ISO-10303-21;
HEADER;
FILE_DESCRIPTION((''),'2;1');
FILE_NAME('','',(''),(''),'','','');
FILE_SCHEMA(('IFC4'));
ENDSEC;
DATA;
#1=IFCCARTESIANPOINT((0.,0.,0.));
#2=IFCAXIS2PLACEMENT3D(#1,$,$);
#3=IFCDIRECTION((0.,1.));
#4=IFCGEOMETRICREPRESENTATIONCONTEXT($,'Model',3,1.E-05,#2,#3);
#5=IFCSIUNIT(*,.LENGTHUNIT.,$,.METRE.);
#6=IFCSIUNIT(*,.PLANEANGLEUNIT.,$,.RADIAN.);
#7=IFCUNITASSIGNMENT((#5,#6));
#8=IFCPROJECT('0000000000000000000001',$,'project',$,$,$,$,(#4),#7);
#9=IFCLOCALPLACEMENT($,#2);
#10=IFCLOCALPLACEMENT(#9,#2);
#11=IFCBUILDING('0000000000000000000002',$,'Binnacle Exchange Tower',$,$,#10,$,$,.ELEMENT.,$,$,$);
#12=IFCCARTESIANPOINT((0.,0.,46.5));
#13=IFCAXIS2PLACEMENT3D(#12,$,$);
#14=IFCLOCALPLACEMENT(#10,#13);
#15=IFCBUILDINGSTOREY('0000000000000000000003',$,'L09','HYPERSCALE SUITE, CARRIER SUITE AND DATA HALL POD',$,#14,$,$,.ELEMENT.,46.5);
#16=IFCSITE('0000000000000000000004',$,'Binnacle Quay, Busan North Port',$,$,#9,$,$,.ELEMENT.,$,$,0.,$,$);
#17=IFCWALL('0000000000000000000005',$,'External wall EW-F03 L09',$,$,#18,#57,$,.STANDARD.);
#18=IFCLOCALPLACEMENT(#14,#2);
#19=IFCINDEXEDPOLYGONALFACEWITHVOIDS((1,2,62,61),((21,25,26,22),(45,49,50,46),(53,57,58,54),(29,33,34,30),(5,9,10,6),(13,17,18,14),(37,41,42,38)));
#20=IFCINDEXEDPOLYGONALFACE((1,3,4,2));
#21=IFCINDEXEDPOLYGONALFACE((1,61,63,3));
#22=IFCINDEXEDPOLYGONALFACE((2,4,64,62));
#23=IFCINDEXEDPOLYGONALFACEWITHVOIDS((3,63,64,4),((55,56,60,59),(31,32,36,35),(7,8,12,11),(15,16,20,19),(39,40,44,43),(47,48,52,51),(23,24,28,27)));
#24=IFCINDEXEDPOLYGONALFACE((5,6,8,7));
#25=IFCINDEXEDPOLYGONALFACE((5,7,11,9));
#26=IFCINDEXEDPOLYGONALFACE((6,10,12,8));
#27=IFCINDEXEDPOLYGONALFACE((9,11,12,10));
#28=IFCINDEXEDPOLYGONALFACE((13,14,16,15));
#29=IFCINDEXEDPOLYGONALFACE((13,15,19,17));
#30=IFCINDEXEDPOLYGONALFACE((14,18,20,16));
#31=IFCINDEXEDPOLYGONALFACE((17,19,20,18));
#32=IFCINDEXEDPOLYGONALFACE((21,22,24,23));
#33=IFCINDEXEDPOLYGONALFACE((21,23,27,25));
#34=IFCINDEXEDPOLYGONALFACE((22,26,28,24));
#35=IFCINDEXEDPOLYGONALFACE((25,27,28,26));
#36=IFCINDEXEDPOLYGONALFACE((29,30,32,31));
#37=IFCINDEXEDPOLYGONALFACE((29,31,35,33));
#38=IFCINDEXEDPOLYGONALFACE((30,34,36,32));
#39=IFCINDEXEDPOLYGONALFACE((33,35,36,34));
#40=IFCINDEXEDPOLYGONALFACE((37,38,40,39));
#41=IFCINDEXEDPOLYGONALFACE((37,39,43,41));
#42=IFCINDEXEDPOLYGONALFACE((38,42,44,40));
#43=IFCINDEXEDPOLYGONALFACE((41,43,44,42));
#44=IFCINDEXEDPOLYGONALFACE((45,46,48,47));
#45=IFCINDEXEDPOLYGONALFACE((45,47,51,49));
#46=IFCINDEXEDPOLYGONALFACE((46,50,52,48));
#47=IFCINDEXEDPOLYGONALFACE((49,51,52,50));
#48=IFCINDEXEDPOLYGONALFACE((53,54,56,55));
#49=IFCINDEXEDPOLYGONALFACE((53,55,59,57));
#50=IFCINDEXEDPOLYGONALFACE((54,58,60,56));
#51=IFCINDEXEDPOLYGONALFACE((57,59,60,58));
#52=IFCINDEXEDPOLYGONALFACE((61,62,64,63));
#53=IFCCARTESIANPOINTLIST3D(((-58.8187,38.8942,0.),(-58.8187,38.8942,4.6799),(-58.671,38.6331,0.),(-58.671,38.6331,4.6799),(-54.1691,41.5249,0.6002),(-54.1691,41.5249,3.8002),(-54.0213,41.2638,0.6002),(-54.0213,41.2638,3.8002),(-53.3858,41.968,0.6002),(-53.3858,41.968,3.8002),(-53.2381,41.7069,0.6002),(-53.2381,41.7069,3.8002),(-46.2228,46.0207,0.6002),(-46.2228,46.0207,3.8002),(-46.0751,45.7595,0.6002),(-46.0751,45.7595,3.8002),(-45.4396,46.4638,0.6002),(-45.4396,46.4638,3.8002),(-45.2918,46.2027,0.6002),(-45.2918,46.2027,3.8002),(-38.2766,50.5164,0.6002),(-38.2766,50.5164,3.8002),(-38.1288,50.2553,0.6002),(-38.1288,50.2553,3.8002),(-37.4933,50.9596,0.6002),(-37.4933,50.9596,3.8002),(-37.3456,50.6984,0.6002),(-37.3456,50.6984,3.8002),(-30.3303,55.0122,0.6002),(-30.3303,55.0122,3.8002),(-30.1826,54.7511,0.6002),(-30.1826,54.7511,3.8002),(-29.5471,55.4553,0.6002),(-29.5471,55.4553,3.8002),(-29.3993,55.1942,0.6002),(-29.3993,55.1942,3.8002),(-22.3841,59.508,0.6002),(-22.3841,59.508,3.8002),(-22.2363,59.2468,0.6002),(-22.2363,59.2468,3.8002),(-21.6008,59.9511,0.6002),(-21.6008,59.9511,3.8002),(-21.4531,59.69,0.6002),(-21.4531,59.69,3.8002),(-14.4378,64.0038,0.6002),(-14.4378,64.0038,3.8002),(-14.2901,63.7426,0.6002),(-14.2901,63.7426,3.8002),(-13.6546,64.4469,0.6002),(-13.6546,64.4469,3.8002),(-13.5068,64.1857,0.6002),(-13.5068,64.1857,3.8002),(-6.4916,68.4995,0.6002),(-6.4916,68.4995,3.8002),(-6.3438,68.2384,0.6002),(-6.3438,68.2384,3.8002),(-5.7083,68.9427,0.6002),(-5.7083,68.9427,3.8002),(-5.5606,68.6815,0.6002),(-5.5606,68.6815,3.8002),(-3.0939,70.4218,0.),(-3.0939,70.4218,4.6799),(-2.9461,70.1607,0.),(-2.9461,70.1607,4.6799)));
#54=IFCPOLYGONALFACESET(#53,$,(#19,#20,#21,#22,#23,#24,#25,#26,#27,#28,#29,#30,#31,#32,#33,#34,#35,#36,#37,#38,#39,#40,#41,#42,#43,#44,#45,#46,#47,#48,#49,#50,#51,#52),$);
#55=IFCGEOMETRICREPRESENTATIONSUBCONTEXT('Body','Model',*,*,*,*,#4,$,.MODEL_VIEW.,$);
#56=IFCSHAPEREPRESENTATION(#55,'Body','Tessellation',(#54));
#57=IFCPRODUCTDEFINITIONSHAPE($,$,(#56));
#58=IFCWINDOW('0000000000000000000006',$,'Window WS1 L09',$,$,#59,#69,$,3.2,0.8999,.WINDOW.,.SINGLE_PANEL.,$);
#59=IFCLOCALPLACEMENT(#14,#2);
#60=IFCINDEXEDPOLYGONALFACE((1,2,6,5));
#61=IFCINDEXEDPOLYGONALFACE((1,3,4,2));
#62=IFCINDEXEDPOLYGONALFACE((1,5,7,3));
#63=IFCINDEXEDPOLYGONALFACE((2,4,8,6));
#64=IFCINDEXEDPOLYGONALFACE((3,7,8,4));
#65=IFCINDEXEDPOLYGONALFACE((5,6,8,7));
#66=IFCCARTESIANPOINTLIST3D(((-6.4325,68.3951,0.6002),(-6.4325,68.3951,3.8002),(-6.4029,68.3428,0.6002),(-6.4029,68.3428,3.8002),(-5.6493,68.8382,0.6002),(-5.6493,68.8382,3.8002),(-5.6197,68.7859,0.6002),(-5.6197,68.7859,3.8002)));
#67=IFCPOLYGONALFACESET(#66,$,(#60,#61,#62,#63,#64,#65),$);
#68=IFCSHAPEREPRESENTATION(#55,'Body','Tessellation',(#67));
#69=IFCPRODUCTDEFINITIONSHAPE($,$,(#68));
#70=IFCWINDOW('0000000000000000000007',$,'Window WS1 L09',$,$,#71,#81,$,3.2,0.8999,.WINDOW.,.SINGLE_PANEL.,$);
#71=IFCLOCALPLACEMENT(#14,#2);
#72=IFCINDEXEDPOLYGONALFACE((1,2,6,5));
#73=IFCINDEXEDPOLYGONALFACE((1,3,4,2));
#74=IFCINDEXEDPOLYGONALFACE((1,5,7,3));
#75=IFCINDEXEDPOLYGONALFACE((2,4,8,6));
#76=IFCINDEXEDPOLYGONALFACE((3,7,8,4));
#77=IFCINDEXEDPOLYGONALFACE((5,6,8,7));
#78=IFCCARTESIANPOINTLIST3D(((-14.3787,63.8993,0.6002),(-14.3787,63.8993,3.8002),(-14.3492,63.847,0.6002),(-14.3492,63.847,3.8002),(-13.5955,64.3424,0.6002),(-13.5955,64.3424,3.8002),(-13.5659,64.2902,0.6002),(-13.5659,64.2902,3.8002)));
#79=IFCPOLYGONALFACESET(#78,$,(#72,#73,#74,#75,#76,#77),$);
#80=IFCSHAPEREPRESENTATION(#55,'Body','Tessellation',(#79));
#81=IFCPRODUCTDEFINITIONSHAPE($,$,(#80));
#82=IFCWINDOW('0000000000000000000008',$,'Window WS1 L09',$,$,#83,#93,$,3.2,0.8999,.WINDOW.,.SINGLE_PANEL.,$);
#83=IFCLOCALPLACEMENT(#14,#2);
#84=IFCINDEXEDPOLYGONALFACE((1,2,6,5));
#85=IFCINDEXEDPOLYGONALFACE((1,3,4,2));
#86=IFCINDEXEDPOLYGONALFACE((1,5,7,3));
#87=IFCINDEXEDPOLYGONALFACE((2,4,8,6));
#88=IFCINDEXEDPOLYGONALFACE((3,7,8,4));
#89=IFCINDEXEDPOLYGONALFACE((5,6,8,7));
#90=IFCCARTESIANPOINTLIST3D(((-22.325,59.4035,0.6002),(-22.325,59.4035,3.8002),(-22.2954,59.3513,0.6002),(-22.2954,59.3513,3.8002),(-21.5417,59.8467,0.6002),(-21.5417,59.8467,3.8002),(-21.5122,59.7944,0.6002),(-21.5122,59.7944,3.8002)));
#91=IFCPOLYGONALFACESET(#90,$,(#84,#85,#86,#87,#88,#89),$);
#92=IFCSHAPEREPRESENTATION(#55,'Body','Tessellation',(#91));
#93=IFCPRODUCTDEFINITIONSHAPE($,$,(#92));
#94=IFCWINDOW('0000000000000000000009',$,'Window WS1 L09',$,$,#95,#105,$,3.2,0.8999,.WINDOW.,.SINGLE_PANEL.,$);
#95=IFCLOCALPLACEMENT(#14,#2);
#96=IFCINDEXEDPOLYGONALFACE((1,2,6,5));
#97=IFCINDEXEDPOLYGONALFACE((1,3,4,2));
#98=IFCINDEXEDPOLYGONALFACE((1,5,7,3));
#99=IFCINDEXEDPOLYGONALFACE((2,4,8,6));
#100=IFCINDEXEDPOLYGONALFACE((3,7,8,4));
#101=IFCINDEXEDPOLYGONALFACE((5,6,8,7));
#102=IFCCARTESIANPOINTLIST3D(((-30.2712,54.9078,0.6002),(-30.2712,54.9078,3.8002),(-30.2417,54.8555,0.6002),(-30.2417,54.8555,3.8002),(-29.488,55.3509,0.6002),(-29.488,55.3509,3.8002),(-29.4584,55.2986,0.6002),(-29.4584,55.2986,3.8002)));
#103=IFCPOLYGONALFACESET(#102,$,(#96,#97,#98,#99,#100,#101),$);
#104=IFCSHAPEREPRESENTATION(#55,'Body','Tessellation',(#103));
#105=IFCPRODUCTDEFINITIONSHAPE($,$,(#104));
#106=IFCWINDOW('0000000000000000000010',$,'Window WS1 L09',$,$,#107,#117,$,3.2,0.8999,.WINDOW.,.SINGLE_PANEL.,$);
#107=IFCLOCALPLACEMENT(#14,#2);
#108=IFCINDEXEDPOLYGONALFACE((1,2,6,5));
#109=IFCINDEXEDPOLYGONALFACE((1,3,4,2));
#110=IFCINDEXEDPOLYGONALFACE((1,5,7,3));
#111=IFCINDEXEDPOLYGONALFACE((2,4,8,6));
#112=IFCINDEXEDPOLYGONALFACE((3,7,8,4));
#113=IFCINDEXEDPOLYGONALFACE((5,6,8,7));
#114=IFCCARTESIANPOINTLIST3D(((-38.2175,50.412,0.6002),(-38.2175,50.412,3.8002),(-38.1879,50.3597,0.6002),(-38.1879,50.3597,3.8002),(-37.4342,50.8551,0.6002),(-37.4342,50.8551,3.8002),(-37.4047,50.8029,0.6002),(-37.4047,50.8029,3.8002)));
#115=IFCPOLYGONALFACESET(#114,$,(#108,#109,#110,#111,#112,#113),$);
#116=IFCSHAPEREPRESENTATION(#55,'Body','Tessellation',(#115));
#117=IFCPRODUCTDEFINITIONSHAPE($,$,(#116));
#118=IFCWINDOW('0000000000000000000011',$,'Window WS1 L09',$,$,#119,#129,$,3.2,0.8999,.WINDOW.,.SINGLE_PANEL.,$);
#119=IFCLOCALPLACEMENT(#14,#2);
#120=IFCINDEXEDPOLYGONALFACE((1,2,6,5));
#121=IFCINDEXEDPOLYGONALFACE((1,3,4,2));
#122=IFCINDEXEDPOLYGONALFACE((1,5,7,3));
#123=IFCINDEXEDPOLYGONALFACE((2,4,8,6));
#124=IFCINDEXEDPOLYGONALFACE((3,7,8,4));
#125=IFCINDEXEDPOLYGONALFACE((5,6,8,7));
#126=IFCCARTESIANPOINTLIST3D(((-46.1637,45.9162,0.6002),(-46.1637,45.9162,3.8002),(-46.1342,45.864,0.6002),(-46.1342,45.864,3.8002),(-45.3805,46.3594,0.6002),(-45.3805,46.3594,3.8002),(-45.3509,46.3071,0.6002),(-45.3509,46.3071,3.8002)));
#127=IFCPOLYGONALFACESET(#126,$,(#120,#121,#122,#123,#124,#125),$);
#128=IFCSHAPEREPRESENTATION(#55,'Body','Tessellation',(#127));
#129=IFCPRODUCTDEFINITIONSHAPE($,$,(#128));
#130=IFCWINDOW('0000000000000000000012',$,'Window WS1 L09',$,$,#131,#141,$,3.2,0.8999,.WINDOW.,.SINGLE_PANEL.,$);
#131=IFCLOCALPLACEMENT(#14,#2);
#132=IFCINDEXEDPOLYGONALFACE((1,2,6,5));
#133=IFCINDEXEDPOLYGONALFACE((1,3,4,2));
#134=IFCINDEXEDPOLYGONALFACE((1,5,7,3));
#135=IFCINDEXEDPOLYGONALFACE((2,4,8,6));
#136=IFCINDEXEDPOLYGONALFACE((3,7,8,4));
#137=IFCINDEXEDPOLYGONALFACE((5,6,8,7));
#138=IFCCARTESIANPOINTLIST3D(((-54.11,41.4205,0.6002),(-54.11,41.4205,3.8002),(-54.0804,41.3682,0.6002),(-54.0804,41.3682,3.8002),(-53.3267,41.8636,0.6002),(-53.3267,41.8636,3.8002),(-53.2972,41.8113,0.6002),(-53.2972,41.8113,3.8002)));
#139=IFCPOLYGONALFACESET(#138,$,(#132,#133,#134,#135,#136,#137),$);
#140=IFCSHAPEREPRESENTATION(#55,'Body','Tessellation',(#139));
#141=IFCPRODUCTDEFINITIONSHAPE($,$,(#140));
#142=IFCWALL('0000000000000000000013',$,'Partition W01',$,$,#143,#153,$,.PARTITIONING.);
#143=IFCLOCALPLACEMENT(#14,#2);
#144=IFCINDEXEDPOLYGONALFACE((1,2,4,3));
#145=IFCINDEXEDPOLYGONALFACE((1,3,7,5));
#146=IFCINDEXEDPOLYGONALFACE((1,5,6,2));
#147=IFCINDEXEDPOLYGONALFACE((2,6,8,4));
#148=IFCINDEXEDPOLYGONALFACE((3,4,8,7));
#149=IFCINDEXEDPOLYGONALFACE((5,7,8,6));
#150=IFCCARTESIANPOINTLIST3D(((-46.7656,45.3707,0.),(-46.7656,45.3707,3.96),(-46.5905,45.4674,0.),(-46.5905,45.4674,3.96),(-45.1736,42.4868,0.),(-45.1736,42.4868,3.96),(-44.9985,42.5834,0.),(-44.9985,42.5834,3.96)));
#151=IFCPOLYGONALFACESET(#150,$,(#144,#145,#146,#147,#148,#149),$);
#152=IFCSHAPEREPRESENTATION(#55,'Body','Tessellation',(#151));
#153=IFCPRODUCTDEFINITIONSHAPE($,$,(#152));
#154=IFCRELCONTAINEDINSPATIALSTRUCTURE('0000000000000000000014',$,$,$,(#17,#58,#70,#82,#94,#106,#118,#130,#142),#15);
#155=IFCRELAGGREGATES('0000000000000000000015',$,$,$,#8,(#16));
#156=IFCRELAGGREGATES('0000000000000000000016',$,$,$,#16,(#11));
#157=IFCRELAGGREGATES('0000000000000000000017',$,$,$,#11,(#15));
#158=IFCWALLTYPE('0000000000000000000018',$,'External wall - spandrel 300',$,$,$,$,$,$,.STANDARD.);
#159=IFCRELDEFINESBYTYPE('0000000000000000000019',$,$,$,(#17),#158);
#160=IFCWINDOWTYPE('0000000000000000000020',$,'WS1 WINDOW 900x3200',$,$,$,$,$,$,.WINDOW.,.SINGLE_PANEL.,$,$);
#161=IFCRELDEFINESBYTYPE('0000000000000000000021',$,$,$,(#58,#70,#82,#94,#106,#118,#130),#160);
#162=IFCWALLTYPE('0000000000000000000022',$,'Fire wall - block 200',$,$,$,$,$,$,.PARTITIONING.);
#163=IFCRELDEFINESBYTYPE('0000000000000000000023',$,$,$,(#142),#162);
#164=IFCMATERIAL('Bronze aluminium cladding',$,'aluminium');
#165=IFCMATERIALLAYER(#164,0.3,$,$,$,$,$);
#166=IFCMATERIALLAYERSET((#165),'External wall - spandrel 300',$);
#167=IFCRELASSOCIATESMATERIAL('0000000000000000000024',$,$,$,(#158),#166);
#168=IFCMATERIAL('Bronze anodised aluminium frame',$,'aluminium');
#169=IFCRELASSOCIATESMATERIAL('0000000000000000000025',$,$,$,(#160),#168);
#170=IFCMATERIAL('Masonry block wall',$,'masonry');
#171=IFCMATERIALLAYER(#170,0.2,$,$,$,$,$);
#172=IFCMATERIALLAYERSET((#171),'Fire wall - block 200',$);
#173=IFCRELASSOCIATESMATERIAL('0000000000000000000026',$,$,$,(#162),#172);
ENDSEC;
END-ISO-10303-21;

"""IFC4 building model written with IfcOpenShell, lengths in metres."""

from ifc_helpers import new_model, si_unit, direction, frame, frame_2d, origin, place, context, subcontext, project, spatial, rectangle, extrude, material, layer, layer_set, type_object, element, fill, save


model = new_model("IFC4")

# Units and contexts
model_context = context("Model", 3, precision=1e-05, world=origin(), true_north=direction((0.0, 1.0)))
body_context = subcontext(model_context, "Body", "Model", "MODEL_VIEW")
ifc_project = project(units=[si_unit("LENGTHUNIT", "METRE"), si_unit("PLANEANGLEUNIT", "RADIAN")], contexts=[model_context])

# Site, building, storey
site_placement = place(None, origin())
site = spatial("IfcSite", under=ifc_project, at=site_placement, Name="Binnacle Quay, Busan North Port", CompositionType="ELEMENT", RefElevation=0.0)
building_placement = place(site_placement, origin())
building = spatial("IfcBuilding", under=site, at=building_placement, Name="Binnacle Exchange Tower", CompositionType="ELEMENT")
storey_placement = place(building_placement, frame((0.0, 0.0, 46.5)))
storey = spatial("IfcBuildingStorey", under=building, at=storey_placement, Name="L09", Description="HYPERSCALE SUITE, CARRIER SUITE AND DATA HALL POD", CompositionType="ELEMENT", Elevation=46.5)

# Wall, openings, windows
ifc_material_1 = material(Name="Bronze aluminium cladding", Category="aluminium")
ifc_layer_1 = layer(ifc_material_1, 0.3)
ifc_layer_set_1 = layer_set([ifc_layer_1], Name="External wall - spandrel 300")
wall_type_1 = type_object("IfcWallType", Name="External wall - spandrel 300", PredefinedType="STANDARD", material=ifc_layer_set_1)
wall_1_placement = place(storey_placement, frame((-58.7449, 38.7637, 0.0), z_axis=(0.0, 0.0, 1.0), x_axis=(0.870356, 0.492423, 0.0)))
wall_1 = element("IfcWall", 1, at=wall_1_placement, inside=storey, type_object=wall_type_1, Name="External wall EW-F03 L09", PredefinedType="STANDARD", context=body_context, shape_type="SweptSolid", body=[
    extrude(rectangle(XDim=64.0254, YDim=0.3, at=frame_2d((32.0127, 0.0))), origin(), (0.0, 0.0, 1.0), 4.6799),
])
opening_1_placement = place(wall_1_placement, frame((60.1216, 0.0, 0.6001)))
opening_1 = element("IfcOpeningElement", 2, at=opening_1_placement, cuts=wall_1, PredefinedType="OPENING", context=body_context, shape_type="SweptSolid", body=[
    extrude(rectangle(XDim=0.8999, YDim=3.2, at=frame_2d((0.45, 1.6001))), frame((0.0, 0.1599, 0.0), z_axis=(0.0, -1.0, 0.0), x_axis=(1.0, 0.0, 0.0)), (0.0, 0.0, 1.0), 0.3201),
])
opening_2_placement = place(wall_1_placement, frame((50.9917, 0.0, 0.6001)))
opening_2 = element("IfcOpeningElement", 3, at=opening_2_placement, cuts=wall_1, PredefinedType="OPENING", context=body_context, shape_type="SweptSolid", body=[
    extrude(rectangle(XDim=0.8999, YDim=3.2, at=frame_2d((0.45, 1.6001))), frame((0.0, 0.1599, 0.0), z_axis=(0.0, -1.0, 0.0), x_axis=(1.0, 0.0, 0.0)), (0.0, 0.0, 1.0), 0.3201),
])
opening_3_placement = place(wall_1_placement, frame((41.8618, 0.0, 0.6001)))
opening_3 = element("IfcOpeningElement", 4, at=opening_3_placement, cuts=wall_1, PredefinedType="OPENING", context=body_context, shape_type="SweptSolid", body=[
    extrude(rectangle(XDim=0.8999, YDim=3.2, at=frame_2d((0.45, 1.6001))), frame((0.0, 0.1599, 0.0), z_axis=(0.0, -1.0, 0.0), x_axis=(1.0, 0.0, 0.0)), (0.0, 0.0, 1.0), 0.3201),
])
opening_4_placement = place(wall_1_placement, frame((32.7319, 0.0, 0.6001)))
opening_4 = element("IfcOpeningElement", 5, at=opening_4_placement, cuts=wall_1, PredefinedType="OPENING", context=body_context, shape_type="SweptSolid", body=[
    extrude(rectangle(XDim=0.8999, YDim=3.2, at=frame_2d((0.45, 1.6001))), frame((0.0, 0.1599, 0.0), z_axis=(0.0, -1.0, 0.0), x_axis=(1.0, 0.0, 0.0)), (0.0, 0.0, 1.0), 0.3201),
])
opening_5_placement = place(wall_1_placement, frame((23.6021, 0.0, 0.6001)))
opening_5 = element("IfcOpeningElement", 6, at=opening_5_placement, cuts=wall_1, PredefinedType="OPENING", context=body_context, shape_type="SweptSolid", body=[
    extrude(rectangle(XDim=0.8999, YDim=3.2, at=frame_2d((0.45, 1.6001))), frame((0.0, 0.1599, 0.0), z_axis=(0.0, -1.0, 0.0), x_axis=(1.0, 0.0, 0.0)), (0.0, 0.0, 1.0), 0.3201),
])
opening_6_placement = place(wall_1_placement, frame((14.4722, 0.0, 0.6001)))
opening_6 = element("IfcOpeningElement", 7, at=opening_6_placement, cuts=wall_1, PredefinedType="OPENING", context=body_context, shape_type="SweptSolid", body=[
    extrude(rectangle(XDim=0.8999, YDim=3.2, at=frame_2d((0.45, 1.6001))), frame((0.0, 0.1599, 0.0), z_axis=(0.0, -1.0, 0.0), x_axis=(1.0, 0.0, 0.0)), (0.0, 0.0, 1.0), 0.3201),
])
opening_7_placement = place(wall_1_placement, frame((5.3423, 0.0, 0.6001)))
opening_7 = element("IfcOpeningElement", 8, at=opening_7_placement, cuts=wall_1, PredefinedType="OPENING", context=body_context, shape_type="SweptSolid", body=[
    extrude(rectangle(XDim=0.8999, YDim=3.2, at=frame_2d((0.45, 1.6001))), frame((0.0, 0.1599, 0.0), z_axis=(0.0, -1.0, 0.0), x_axis=(1.0, 0.0, 0.0)), (0.0, 0.0, 1.0), 0.3201),
])
ifc_material_2 = material(Name="Bronze anodised aluminium frame", Category="aluminium")
window_type = type_object("IfcWindowType", Name="WS1 WINDOW 900x3200", PartitioningType="SINGLE_PANEL", PredefinedType="WINDOW", material=ifc_material_2)
window_1_placement = place(opening_1_placement, origin())
window_1 = element("IfcWindow", 9, at=window_1_placement, inside=storey, type_object=window_type, Name="Window WS1 L09", OverallHeight=3.2, OverallWidth=0.8999, PartitioningType="SINGLE_PANEL", PredefinedType="WINDOW", context=body_context, shape_type="SweptSolid", body=[
    extrude(rectangle(XDim=0.8999, YDim=3.2, at=frame_2d((0.45, 1.6001))), frame((0.0, 0.03, 0.0), z_axis=(0.0, -1.0, 0.0), x_axis=(1.0, 0.0, 0.0)), (0.0, 0.0, 1.0), 0.0601),
])
fill(opening_1, window_1)
window_2_placement = place(opening_2_placement, origin())
window_2 = element("IfcWindow", 10, at=window_2_placement, inside=storey, type_object=window_type, Name="Window WS1 L09", OverallHeight=3.2, OverallWidth=0.8999, PartitioningType="SINGLE_PANEL", PredefinedType="WINDOW", context=body_context, shape_type="SweptSolid", body=[
    extrude(rectangle(XDim=0.8999, YDim=3.2, at=frame_2d((0.45, 1.6001))), frame((0.0, 0.03, 0.0), z_axis=(0.0, -1.0, 0.0), x_axis=(1.0, 0.0, 0.0)), (0.0, 0.0, 1.0), 0.0601),
])
fill(opening_2, window_2)
window_3_placement = place(opening_3_placement, origin())
window_3 = element("IfcWindow", 11, at=window_3_placement, inside=storey, type_object=window_type, Name="Window WS1 L09", OverallHeight=3.2, OverallWidth=0.8999, PartitioningType="SINGLE_PANEL", PredefinedType="WINDOW", context=body_context, shape_type="SweptSolid", body=[
    extrude(rectangle(XDim=0.8999, YDim=3.2, at=frame_2d((0.45, 1.6001))), frame((0.0, 0.03, 0.0), z_axis=(0.0, -1.0, 0.0), x_axis=(1.0, 0.0, 0.0)), (0.0, 0.0, 1.0), 0.0601),
])
fill(opening_3, window_3)
window_4_placement = place(opening_4_placement, origin())
window_4 = element("IfcWindow", 12, at=window_4_placement, inside=storey, type_object=window_type, Name="Window WS1 L09", OverallHeight=3.2, OverallWidth=0.8999, PartitioningType="SINGLE_PANEL", PredefinedType="WINDOW", context=body_context, shape_type="SweptSolid", body=[
    extrude(rectangle(XDim=0.8999, YDim=3.2, at=frame_2d((0.45, 1.6001))), frame((0.0, 0.03, 0.0), z_axis=(0.0, -1.0, 0.0), x_axis=(1.0, 0.0, 0.0)), (0.0, 0.0, 1.0), 0.0601),
])
fill(opening_4, window_4)
window_5_placement = place(opening_5_placement, origin())
window_5 = element("IfcWindow", 13, at=window_5_placement, inside=storey, type_object=window_type, Name="Window WS1 L09", OverallHeight=3.2, OverallWidth=0.8999, PartitioningType="SINGLE_PANEL", PredefinedType="WINDOW", context=body_context, shape_type="SweptSolid", body=[
    extrude(rectangle(XDim=0.8999, YDim=3.2, at=frame_2d((0.45, 1.6001))), frame((0.0, 0.03, 0.0), z_axis=(0.0, -1.0, 0.0), x_axis=(1.0, 0.0, 0.0)), (0.0, 0.0, 1.0), 0.0601),
])
fill(opening_5, window_5)
window_6_placement = place(opening_6_placement, origin())
window_6 = element("IfcWindow", 14, at=window_6_placement, inside=storey, type_object=window_type, Name="Window WS1 L09", OverallHeight=3.2, OverallWidth=0.8999, PartitioningType="SINGLE_PANEL", PredefinedType="WINDOW", context=body_context, shape_type="SweptSolid", body=[
    extrude(rectangle(XDim=0.8999, YDim=3.2, at=frame_2d((0.45, 1.6001))), frame((0.0, 0.03, 0.0), z_axis=(0.0, -1.0, 0.0), x_axis=(1.0, 0.0, 0.0)), (0.0, 0.0, 1.0), 0.0601),
])
fill(opening_6, window_6)
window_7_placement = place(opening_7_placement, origin())
window_7 = element("IfcWindow", 15, at=window_7_placement, inside=storey, type_object=window_type, Name="Window WS1 L09", OverallHeight=3.2, OverallWidth=0.8999, PartitioningType="SINGLE_PANEL", PredefinedType="WINDOW", context=body_context, shape_type="SweptSolid", body=[
    extrude(rectangle(XDim=0.8999, YDim=3.2, at=frame_2d((0.45, 1.6001))), frame((0.0, 0.03, 0.0), z_axis=(0.0, -1.0, 0.0), x_axis=(1.0, 0.0, 0.0)), (0.0, 0.0, 1.0), 0.0601),
])
fill(opening_7, window_7)

# Wall
ifc_material_3 = material(Name="Masonry block wall", Category="masonry")
ifc_layer_2 = layer(ifc_material_3, 0.2)
ifc_layer_set_2 = layer_set([ifc_layer_2], Name="Fire wall - block 200")
wall_type_2 = type_object("IfcWallType", Name="Fire wall - block 200", PredefinedType="PARTITIONING", material=ifc_layer_set_2)
wall_2_placement = place(storey_placement, frame((-46.678, 45.4189, 0.0), z_axis=(0.0, 0.0, 1.0), x_axis=(0.483275, -0.875468, 0.0)))
element("IfcWall", 16, at=wall_2_placement, inside=storey, type_object=wall_type_2, Name="Partition W01", PredefinedType="PARTITIONING", context=body_context, shape_type="SweptSolid", body=[
    extrude(rectangle(XDim=3.2942, YDim=0.2, at=frame_2d((1.647, 0.0))), origin(), (0.0, 0.0, 1.0), 3.96),
])

save(model, "model.ifc")
